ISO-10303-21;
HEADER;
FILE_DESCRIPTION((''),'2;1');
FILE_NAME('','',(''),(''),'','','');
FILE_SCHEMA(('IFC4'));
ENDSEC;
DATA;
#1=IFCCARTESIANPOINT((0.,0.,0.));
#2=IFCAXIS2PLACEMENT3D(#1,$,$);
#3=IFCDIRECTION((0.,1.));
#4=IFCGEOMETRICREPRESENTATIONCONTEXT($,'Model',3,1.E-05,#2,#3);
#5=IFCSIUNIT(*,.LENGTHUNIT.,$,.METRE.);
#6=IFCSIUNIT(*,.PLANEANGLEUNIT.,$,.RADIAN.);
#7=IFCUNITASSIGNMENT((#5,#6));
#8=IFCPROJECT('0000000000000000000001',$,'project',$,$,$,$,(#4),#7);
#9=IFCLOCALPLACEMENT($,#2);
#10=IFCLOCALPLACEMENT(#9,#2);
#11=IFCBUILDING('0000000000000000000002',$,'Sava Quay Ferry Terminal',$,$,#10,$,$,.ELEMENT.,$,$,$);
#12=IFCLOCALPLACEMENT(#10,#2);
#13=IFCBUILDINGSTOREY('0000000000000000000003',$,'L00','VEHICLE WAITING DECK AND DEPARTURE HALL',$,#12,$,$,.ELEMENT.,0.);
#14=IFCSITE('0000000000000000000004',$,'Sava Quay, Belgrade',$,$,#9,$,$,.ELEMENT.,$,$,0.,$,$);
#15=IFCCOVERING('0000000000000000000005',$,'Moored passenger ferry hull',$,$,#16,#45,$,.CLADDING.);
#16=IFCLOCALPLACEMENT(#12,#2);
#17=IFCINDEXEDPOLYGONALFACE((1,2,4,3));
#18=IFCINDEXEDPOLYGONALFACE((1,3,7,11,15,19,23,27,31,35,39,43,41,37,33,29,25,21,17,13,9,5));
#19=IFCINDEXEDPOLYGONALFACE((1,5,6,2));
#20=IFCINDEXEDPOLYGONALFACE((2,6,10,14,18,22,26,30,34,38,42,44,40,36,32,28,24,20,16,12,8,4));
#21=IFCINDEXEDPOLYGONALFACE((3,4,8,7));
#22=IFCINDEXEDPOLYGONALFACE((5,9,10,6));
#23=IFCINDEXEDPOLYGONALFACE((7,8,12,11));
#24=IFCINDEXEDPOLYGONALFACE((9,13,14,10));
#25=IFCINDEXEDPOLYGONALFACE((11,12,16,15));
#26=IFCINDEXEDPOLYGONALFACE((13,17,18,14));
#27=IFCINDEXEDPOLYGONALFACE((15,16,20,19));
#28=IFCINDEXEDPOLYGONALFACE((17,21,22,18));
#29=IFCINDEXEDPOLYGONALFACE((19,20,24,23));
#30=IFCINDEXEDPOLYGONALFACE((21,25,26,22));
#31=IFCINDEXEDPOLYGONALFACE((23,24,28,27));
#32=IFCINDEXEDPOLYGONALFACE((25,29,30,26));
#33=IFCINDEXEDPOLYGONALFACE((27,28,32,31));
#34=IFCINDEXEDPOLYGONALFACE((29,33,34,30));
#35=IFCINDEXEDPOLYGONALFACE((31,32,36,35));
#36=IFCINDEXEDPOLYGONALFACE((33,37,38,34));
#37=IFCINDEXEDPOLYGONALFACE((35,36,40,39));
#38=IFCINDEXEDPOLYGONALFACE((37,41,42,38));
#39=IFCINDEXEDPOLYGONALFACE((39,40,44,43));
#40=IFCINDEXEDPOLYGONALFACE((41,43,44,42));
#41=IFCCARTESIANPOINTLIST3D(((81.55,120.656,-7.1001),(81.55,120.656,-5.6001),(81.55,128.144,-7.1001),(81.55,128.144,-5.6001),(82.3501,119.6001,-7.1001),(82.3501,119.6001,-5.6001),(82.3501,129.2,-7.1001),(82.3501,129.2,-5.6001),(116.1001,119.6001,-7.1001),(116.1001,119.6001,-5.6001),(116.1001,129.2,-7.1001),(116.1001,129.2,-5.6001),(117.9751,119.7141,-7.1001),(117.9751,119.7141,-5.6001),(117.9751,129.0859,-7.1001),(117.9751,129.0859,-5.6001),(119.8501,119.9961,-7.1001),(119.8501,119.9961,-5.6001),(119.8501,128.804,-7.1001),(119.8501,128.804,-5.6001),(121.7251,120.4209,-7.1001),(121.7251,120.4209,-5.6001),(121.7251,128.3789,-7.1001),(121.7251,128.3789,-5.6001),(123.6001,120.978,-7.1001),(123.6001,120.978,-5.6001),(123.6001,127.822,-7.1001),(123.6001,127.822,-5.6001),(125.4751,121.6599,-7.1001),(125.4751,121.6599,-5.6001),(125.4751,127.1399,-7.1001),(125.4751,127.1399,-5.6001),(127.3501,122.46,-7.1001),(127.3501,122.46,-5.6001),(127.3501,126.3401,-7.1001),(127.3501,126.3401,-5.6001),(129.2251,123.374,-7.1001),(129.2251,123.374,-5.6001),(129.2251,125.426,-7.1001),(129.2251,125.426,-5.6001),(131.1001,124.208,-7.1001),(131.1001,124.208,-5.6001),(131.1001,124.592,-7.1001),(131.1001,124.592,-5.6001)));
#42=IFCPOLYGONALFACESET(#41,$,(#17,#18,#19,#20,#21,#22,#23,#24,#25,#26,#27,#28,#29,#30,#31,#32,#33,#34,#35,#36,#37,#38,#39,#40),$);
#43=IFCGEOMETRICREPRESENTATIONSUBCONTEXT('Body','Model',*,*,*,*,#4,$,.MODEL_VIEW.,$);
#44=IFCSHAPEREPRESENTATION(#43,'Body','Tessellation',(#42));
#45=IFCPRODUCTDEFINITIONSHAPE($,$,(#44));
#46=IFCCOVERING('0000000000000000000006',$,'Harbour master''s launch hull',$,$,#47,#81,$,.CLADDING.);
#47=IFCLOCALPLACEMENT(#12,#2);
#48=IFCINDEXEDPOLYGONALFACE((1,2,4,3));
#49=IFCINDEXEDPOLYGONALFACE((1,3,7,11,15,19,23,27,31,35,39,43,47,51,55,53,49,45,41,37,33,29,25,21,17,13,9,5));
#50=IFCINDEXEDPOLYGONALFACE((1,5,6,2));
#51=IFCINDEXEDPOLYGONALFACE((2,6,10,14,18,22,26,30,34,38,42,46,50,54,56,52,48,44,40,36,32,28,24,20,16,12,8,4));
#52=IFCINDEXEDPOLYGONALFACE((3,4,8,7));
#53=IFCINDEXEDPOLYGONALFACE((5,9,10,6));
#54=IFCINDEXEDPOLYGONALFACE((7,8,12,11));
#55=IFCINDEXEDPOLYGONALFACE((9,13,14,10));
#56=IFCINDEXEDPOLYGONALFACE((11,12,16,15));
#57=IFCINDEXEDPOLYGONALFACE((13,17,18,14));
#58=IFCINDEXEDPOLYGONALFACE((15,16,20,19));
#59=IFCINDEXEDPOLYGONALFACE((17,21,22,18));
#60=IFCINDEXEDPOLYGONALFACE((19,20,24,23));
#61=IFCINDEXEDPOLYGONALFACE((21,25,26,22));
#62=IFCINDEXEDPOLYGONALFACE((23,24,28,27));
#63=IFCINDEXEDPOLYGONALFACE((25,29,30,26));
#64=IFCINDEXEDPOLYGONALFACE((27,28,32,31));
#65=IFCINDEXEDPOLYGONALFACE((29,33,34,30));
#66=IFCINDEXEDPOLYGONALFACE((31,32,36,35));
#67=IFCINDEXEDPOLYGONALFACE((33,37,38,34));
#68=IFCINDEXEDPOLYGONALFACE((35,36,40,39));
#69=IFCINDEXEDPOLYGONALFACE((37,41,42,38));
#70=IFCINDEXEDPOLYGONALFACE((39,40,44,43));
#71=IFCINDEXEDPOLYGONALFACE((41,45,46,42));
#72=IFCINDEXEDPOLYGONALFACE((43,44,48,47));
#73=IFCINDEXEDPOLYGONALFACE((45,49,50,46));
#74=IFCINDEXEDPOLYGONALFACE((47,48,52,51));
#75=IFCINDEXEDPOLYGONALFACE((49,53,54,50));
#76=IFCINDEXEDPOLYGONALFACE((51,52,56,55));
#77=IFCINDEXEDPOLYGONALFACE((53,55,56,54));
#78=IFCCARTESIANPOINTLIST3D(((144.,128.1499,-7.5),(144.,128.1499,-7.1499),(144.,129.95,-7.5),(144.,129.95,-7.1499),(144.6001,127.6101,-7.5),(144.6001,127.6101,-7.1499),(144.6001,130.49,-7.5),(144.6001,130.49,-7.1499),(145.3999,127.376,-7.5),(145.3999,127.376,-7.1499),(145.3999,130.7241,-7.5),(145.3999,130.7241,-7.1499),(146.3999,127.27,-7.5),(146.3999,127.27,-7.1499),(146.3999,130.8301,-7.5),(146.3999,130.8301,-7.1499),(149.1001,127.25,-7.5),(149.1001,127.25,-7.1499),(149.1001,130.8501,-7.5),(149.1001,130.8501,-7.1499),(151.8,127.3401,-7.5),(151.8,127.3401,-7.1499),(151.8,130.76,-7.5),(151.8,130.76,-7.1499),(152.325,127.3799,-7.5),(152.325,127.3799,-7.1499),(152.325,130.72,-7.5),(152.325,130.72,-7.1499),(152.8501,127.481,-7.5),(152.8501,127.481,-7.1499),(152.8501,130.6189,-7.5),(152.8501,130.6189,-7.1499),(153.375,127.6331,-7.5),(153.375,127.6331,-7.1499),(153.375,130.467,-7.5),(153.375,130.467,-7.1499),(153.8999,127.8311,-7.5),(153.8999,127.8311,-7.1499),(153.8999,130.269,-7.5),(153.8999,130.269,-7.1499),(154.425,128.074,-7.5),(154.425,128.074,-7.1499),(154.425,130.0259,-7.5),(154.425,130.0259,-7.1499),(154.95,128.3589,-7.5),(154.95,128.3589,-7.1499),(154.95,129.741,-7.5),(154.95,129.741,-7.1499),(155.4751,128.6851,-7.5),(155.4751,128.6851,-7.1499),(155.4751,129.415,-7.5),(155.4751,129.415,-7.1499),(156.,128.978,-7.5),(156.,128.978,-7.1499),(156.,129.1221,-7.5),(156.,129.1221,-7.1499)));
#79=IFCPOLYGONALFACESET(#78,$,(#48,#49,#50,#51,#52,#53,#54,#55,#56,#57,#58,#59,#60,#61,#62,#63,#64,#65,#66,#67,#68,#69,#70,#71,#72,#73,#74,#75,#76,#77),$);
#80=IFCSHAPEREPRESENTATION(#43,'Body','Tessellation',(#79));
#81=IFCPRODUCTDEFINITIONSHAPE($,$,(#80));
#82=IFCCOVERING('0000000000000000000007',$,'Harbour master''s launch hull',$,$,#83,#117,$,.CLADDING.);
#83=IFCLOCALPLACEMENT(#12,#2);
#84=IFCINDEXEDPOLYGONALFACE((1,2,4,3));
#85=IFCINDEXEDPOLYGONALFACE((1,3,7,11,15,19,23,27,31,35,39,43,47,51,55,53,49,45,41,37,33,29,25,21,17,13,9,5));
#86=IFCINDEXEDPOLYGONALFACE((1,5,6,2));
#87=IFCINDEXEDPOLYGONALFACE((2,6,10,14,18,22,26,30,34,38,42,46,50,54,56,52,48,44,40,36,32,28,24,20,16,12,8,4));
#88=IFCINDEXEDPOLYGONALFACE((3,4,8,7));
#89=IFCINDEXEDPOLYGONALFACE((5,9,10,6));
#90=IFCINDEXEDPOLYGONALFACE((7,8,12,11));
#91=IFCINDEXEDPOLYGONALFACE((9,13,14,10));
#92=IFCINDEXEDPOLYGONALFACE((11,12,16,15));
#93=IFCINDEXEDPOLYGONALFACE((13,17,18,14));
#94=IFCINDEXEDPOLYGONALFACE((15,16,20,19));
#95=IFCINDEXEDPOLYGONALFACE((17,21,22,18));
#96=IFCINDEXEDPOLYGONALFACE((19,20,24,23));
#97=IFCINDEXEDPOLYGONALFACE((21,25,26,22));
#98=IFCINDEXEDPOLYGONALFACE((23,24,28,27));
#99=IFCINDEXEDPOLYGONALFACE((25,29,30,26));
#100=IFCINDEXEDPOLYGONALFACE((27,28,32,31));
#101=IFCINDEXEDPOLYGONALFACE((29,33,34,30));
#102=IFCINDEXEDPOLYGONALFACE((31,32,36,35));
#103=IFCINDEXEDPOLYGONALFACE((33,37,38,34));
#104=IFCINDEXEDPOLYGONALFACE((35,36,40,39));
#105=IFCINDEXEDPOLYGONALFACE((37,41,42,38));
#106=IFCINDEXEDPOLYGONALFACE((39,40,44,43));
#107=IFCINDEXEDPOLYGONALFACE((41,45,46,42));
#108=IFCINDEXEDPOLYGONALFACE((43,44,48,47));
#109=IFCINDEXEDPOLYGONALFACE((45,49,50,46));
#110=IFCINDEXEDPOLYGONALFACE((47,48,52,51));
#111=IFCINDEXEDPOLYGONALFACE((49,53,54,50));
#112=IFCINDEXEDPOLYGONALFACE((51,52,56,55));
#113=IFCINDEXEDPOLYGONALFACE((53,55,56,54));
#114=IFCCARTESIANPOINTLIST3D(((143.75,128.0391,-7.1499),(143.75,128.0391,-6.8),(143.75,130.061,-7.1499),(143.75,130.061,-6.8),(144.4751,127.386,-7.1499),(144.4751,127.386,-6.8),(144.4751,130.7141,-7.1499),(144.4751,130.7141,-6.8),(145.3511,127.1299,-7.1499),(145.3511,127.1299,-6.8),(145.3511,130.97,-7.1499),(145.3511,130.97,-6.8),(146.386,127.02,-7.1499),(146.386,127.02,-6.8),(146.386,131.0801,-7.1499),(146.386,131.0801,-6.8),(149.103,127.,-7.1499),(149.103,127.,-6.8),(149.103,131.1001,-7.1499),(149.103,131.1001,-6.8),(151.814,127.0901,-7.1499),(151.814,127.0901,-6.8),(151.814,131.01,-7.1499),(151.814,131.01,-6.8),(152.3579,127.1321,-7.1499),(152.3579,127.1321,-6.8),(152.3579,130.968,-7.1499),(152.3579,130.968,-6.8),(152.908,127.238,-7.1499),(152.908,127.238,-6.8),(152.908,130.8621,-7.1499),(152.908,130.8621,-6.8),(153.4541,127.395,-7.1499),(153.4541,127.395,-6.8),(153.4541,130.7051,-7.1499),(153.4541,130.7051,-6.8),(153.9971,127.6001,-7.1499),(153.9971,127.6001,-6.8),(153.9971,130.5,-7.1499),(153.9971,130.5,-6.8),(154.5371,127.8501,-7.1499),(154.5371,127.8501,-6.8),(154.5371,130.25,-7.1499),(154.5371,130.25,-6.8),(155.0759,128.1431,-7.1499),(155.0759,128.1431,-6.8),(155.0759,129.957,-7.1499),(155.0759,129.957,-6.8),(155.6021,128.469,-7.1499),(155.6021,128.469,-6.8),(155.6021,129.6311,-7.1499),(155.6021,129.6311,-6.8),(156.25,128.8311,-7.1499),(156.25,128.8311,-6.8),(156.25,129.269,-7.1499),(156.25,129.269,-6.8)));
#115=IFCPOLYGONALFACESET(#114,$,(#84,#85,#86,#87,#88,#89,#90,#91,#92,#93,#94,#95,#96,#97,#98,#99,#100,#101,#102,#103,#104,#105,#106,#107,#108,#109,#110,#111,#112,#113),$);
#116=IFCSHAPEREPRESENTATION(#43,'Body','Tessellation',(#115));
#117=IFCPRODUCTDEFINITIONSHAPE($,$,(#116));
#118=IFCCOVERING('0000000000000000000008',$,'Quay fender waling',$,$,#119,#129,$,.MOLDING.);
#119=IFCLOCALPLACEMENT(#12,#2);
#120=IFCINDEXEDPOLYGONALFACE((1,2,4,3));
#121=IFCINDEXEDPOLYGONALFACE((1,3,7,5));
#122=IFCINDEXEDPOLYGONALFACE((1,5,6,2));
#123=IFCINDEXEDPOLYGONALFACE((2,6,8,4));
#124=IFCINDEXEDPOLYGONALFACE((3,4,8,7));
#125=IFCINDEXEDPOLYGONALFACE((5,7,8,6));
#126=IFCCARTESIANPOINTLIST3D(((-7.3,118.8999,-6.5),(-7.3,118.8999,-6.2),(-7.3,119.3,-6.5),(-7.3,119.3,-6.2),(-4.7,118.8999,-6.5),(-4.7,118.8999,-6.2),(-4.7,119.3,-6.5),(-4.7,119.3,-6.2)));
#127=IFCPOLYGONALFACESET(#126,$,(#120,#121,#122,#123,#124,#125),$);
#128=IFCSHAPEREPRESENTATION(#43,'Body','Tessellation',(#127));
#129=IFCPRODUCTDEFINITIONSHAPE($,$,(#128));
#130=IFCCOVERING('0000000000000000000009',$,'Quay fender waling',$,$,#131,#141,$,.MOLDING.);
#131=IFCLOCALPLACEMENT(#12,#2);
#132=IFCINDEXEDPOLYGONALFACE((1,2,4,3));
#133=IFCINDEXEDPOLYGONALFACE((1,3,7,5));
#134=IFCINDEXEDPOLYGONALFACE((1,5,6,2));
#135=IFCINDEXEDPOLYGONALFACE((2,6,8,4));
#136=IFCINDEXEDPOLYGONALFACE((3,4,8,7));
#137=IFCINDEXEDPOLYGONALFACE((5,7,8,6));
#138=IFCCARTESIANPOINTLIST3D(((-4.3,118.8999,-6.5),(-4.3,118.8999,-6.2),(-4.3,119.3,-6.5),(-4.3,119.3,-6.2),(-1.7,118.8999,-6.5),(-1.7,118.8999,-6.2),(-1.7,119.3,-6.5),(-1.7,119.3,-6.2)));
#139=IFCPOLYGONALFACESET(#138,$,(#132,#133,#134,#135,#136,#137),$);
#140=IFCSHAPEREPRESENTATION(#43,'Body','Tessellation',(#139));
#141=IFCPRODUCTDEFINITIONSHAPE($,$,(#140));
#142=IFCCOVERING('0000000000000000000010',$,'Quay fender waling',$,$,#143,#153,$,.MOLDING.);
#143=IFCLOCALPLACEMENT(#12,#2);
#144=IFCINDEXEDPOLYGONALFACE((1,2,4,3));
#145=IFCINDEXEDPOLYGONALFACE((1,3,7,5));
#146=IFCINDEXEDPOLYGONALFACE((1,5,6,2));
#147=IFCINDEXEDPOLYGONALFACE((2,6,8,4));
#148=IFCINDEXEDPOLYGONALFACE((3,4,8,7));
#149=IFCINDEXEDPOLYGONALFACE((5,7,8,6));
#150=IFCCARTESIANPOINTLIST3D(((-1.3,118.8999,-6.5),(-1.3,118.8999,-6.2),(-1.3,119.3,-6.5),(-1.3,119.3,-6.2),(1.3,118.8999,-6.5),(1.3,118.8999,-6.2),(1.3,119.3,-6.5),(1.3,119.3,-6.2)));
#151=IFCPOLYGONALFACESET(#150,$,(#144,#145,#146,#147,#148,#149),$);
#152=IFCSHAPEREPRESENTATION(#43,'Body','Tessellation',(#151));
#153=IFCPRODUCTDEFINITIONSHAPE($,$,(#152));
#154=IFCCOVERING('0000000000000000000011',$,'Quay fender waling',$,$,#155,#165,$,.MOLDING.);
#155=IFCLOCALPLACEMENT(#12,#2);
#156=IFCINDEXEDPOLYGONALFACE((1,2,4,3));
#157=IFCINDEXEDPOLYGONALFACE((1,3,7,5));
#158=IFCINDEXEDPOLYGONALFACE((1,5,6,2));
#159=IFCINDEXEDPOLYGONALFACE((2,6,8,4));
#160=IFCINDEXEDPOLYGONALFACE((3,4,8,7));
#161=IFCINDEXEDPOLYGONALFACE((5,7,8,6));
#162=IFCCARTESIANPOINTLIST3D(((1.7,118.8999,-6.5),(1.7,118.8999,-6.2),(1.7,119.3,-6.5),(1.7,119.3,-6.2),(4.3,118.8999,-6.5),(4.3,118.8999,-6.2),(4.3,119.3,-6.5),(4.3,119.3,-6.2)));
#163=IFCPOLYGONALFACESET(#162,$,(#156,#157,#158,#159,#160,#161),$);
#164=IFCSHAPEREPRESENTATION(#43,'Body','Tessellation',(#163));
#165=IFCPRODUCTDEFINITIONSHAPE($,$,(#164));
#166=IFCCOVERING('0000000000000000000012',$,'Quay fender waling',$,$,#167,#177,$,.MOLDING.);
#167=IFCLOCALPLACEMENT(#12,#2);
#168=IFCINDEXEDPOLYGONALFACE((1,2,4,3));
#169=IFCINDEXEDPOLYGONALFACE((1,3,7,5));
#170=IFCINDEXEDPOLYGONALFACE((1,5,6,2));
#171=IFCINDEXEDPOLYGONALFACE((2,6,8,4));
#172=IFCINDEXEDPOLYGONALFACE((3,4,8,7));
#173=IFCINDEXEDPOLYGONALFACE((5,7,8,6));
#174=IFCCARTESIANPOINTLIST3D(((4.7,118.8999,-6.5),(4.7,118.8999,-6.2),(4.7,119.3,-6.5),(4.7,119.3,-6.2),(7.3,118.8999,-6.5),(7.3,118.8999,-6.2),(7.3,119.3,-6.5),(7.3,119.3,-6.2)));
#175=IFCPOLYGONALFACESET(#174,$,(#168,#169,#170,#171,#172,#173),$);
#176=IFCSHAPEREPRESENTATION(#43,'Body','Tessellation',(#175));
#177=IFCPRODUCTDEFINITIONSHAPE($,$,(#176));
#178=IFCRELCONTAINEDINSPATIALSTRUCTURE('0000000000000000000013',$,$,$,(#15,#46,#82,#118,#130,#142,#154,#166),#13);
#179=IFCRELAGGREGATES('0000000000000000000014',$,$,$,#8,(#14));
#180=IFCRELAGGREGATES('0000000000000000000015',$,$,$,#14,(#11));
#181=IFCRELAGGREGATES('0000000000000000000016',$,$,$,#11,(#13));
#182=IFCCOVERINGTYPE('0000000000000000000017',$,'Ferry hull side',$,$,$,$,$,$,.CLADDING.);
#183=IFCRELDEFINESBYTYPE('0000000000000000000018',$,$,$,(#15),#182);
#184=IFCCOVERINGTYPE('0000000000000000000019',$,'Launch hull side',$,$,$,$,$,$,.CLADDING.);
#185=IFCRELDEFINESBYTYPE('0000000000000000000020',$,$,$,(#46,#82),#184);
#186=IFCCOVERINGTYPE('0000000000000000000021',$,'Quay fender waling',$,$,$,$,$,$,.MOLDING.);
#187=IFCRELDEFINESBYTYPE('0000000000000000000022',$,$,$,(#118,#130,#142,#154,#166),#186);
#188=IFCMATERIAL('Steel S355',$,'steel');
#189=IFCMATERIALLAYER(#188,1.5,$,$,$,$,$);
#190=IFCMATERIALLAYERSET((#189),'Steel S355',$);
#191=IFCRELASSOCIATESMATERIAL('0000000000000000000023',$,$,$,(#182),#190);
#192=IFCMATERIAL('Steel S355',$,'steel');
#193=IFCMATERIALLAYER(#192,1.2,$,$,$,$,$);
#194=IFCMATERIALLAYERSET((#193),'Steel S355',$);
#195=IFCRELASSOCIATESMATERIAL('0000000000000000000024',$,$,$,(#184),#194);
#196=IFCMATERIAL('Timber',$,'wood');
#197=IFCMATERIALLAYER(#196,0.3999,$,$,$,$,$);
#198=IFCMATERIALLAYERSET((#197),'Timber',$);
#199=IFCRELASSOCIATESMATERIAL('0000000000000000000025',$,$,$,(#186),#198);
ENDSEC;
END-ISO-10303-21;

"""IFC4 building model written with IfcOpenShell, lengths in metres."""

from ifc_helpers import new_model, si_unit, direction, frame, origin, place, context, subcontext, project, spatial, polyline, outline, extrude, material, layer, layer_set, type_object, element, save


model = new_model("IFC4")

# Units and contexts
model_context = context("Model", 3, precision=1e-05, world=origin(), true_north=direction((0.0, 1.0)))
body_context = subcontext(model_context, "Body", "Model", "MODEL_VIEW")
ifc_project = project(units=[si_unit("LENGTHUNIT", "METRE"), si_unit("PLANEANGLEUNIT", "RADIAN")], contexts=[model_context])

# Site, building, storey
site_placement = place(None, origin())
site = spatial("IfcSite", under=ifc_project, at=site_placement, Name="Sava Quay, Belgrade", CompositionType="ELEMENT", RefElevation=0.0)
building_placement = place(site_placement, origin())
building = spatial("IfcBuilding", under=site, at=building_placement, Name="Sava Quay Ferry Terminal", CompositionType="ELEMENT")
storey_placement = place(building_placement, origin())
storey = spatial("IfcBuildingStorey", under=building, at=storey_placement, Name="L00", Description="VEHICLE WAITING DECK AND DEPARTURE HALL", CompositionType="ELEMENT", Elevation=0.0)

# Coverings
ifc_material_1 = material(Name="Steel S355", Category="steel")
ifc_layer_1 = layer(ifc_material_1, 1.5)
ifc_layer_set_1 = layer_set([ifc_layer_1], Name="Steel S355")
covering_type_1 = type_object("IfcCoveringType", Name="Ferry hull side", PredefinedType="CLADDING", material=ifc_layer_set_1)
covering_1_placement = place(storey_placement, frame((0.0, 0.0, -7.1001)))
element("IfcCovering", 1, at=covering_1_placement, inside=storey, type_object=covering_type_1, Name="Moored passenger ferry hull", PredefinedType="CLADDING", context=body_context, shape_type="SweptSolid", body=[
    extrude(outline(polyline([(81.55, 128.144), (81.55, 120.656), (82.3501, 119.6001), (116.1001, 119.6001), (117.9751, 119.7141), (119.8501, 119.9961), (121.7251, 120.4209), (123.6001, 120.978), (125.4751, 121.6599), (127.3501, 122.46), (129.2251, 123.374), (131.1001, 124.208), (131.1001, 124.592), (129.2251, 125.426), (127.3501, 126.3401), (125.4751, 127.1399), (123.6001, 127.822), (121.7251, 128.3789), (119.8501, 128.804), (117.9751, 129.0859), (116.1001, 129.2), (82.3501, 129.2), (81.55, 128.144)])), origin(), (0.0, 0.0, 1.0), 1.5),
])
ifc_material_2 = material(Name="Steel S355", Category="steel")
ifc_layer_2 = layer(ifc_material_2, 1.2)
ifc_layer_set_2 = layer_set([ifc_layer_2], Name="Steel S355")
covering_type_2 = type_object("IfcCoveringType", Name="Launch hull side", PredefinedType="CLADDING", material=ifc_layer_set_2)
covering_2_placement = place(storey_placement, frame((0.0, 0.0, -7.5)))
element("IfcCovering", 2, at=covering_2_placement, inside=storey, type_object=covering_type_2, Name="Harbour master's launch hull", PredefinedType="CLADDING", context=body_context, shape_type="SweptSolid", body=[
    extrude(outline(polyline([(144.0, 129.95), (144.0, 128.1499), (144.6001, 127.6101), (145.3999, 127.376), (146.3999, 127.27), (149.1001, 127.25), (151.8, 127.3401), (152.325, 127.3799), (152.8501, 127.481), (153.375, 127.6331), (153.8999, 127.8311), (154.425, 128.074), (154.95, 128.3589), (155.4751, 128.6851), (156.0, 128.978), (156.0, 129.1221), (155.4751, 129.415), (154.95, 129.741), (154.425, 130.0259), (153.8999, 130.269), (153.375, 130.467), (152.8501, 130.6189), (152.325, 130.72), (151.8, 130.76), (149.1001, 130.8501), (146.3999, 130.8301), (145.3999, 130.7241), (144.6001, 130.49), (144.0, 129.95)])), origin(), (0.0, 0.0, 1.0), 0.3501),
])
covering_3_placement = place(storey_placement, frame((0.0, 0.0, -7.1499)))
element("IfcCovering", 3, at=covering_3_placement, inside=storey, type_object=covering_type_2, Name="Harbour master's launch hull", PredefinedType="CLADDING", context=body_context, shape_type="SweptSolid", body=[
    extrude(outline(polyline([(143.75, 130.061), (143.75, 128.0391), (144.4751, 127.386), (145.3511, 127.1299), (146.386, 127.02), (149.103, 127.0), (151.814, 127.0901), (152.3579, 127.1321), (152.908, 127.238), (153.4541, 127.395), (153.9971, 127.6001), (154.5371, 127.8501), (155.0759, 128.1431), (155.6021, 128.469), (156.25, 128.8311), (156.25, 129.269), (155.6021, 129.6311), (155.0759, 129.957), (154.5371, 130.25), (153.9971, 130.5), (153.4541, 130.7051), (152.908, 130.8621), (152.3579, 130.968), (151.814, 131.01), (149.103, 131.1001), (146.386, 131.0801), (145.3511, 130.97), (144.4751, 130.7141), (143.75, 130.061)])), origin(), (0.0, 0.0, 1.0), 0.3499),
])
ifc_material_3 = material(Name="Timber", Category="wood")
ifc_layer_3 = layer(ifc_material_3, 0.3999)
ifc_layer_set_3 = layer_set([ifc_layer_3], Name="Timber")
covering_type_3 = type_object("IfcCoveringType", Name="Quay fender waling", PredefinedType="MOLDING", material=ifc_layer_set_3)
covering_4_placement = place(storey_placement, frame((0.0, 0.0, -6.5)))
element("IfcCovering", 4, at=covering_4_placement, inside=storey, type_object=covering_type_3, Name="Quay fender waling", PredefinedType="MOLDING", context=body_context, shape_type="SweptSolid", body=[
    extrude(outline(polyline([(-4.7, 118.8999), (-4.7, 119.3), (-7.3, 119.3), (-7.3, 118.8999), (-4.7, 118.8999)])), origin(), (0.0, 0.0, 1.0), 0.3),
])
covering_5_placement = place(storey_placement, frame((0.0, 0.0, -6.5)))
element("IfcCovering", 5, at=covering_5_placement, inside=storey, type_object=covering_type_3, Name="Quay fender waling", PredefinedType="MOLDING", context=body_context, shape_type="SweptSolid", body=[
    extrude(outline(polyline([(-1.7, 118.8999), (-1.7, 119.3), (-4.3, 119.3), (-4.3, 118.8999), (-1.7, 118.8999)])), origin(), (0.0, 0.0, 1.0), 0.3),
])
covering_6_placement = place(storey_placement, frame((0.0, 0.0, -6.5)))
element("IfcCovering", 6, at=covering_6_placement, inside=storey, type_object=covering_type_3, Name="Quay fender waling", PredefinedType="MOLDING", context=body_context, shape_type="SweptSolid", body=[
    extrude(outline(polyline([(1.3, 118.8999), (1.3, 119.3), (-1.3, 119.3), (-1.3, 118.8999), (1.3, 118.8999)])), origin(), (0.0, 0.0, 1.0), 0.3),
])
covering_7_placement = place(storey_placement, frame((0.0, 0.0, -6.5)))
element("IfcCovering", 7, at=covering_7_placement, inside=storey, type_object=covering_type_3, Name="Quay fender waling", PredefinedType="MOLDING", context=body_context, shape_type="SweptSolid", body=[
    extrude(outline(polyline([(4.3, 118.8999), (4.3, 119.3), (1.7, 119.3), (1.7, 118.8999), (4.3, 118.8999)])), origin(), (0.0, 0.0, 1.0), 0.3),
])
covering_8_placement = place(storey_placement, frame((0.0, 0.0, -6.5)))
element("IfcCovering", 8, at=covering_8_placement, inside=storey, type_object=covering_type_3, Name="Quay fender waling", PredefinedType="MOLDING", context=body_context, shape_type="SweptSolid", body=[
    extrude(outline(polyline([(7.3, 118.8999), (7.3, 119.3), (4.7, 119.3), (4.7, 118.8999), (7.3, 118.8999)])), origin(), (0.0, 0.0, 1.0), 0.3),
])

save(model, "model.ifc")
